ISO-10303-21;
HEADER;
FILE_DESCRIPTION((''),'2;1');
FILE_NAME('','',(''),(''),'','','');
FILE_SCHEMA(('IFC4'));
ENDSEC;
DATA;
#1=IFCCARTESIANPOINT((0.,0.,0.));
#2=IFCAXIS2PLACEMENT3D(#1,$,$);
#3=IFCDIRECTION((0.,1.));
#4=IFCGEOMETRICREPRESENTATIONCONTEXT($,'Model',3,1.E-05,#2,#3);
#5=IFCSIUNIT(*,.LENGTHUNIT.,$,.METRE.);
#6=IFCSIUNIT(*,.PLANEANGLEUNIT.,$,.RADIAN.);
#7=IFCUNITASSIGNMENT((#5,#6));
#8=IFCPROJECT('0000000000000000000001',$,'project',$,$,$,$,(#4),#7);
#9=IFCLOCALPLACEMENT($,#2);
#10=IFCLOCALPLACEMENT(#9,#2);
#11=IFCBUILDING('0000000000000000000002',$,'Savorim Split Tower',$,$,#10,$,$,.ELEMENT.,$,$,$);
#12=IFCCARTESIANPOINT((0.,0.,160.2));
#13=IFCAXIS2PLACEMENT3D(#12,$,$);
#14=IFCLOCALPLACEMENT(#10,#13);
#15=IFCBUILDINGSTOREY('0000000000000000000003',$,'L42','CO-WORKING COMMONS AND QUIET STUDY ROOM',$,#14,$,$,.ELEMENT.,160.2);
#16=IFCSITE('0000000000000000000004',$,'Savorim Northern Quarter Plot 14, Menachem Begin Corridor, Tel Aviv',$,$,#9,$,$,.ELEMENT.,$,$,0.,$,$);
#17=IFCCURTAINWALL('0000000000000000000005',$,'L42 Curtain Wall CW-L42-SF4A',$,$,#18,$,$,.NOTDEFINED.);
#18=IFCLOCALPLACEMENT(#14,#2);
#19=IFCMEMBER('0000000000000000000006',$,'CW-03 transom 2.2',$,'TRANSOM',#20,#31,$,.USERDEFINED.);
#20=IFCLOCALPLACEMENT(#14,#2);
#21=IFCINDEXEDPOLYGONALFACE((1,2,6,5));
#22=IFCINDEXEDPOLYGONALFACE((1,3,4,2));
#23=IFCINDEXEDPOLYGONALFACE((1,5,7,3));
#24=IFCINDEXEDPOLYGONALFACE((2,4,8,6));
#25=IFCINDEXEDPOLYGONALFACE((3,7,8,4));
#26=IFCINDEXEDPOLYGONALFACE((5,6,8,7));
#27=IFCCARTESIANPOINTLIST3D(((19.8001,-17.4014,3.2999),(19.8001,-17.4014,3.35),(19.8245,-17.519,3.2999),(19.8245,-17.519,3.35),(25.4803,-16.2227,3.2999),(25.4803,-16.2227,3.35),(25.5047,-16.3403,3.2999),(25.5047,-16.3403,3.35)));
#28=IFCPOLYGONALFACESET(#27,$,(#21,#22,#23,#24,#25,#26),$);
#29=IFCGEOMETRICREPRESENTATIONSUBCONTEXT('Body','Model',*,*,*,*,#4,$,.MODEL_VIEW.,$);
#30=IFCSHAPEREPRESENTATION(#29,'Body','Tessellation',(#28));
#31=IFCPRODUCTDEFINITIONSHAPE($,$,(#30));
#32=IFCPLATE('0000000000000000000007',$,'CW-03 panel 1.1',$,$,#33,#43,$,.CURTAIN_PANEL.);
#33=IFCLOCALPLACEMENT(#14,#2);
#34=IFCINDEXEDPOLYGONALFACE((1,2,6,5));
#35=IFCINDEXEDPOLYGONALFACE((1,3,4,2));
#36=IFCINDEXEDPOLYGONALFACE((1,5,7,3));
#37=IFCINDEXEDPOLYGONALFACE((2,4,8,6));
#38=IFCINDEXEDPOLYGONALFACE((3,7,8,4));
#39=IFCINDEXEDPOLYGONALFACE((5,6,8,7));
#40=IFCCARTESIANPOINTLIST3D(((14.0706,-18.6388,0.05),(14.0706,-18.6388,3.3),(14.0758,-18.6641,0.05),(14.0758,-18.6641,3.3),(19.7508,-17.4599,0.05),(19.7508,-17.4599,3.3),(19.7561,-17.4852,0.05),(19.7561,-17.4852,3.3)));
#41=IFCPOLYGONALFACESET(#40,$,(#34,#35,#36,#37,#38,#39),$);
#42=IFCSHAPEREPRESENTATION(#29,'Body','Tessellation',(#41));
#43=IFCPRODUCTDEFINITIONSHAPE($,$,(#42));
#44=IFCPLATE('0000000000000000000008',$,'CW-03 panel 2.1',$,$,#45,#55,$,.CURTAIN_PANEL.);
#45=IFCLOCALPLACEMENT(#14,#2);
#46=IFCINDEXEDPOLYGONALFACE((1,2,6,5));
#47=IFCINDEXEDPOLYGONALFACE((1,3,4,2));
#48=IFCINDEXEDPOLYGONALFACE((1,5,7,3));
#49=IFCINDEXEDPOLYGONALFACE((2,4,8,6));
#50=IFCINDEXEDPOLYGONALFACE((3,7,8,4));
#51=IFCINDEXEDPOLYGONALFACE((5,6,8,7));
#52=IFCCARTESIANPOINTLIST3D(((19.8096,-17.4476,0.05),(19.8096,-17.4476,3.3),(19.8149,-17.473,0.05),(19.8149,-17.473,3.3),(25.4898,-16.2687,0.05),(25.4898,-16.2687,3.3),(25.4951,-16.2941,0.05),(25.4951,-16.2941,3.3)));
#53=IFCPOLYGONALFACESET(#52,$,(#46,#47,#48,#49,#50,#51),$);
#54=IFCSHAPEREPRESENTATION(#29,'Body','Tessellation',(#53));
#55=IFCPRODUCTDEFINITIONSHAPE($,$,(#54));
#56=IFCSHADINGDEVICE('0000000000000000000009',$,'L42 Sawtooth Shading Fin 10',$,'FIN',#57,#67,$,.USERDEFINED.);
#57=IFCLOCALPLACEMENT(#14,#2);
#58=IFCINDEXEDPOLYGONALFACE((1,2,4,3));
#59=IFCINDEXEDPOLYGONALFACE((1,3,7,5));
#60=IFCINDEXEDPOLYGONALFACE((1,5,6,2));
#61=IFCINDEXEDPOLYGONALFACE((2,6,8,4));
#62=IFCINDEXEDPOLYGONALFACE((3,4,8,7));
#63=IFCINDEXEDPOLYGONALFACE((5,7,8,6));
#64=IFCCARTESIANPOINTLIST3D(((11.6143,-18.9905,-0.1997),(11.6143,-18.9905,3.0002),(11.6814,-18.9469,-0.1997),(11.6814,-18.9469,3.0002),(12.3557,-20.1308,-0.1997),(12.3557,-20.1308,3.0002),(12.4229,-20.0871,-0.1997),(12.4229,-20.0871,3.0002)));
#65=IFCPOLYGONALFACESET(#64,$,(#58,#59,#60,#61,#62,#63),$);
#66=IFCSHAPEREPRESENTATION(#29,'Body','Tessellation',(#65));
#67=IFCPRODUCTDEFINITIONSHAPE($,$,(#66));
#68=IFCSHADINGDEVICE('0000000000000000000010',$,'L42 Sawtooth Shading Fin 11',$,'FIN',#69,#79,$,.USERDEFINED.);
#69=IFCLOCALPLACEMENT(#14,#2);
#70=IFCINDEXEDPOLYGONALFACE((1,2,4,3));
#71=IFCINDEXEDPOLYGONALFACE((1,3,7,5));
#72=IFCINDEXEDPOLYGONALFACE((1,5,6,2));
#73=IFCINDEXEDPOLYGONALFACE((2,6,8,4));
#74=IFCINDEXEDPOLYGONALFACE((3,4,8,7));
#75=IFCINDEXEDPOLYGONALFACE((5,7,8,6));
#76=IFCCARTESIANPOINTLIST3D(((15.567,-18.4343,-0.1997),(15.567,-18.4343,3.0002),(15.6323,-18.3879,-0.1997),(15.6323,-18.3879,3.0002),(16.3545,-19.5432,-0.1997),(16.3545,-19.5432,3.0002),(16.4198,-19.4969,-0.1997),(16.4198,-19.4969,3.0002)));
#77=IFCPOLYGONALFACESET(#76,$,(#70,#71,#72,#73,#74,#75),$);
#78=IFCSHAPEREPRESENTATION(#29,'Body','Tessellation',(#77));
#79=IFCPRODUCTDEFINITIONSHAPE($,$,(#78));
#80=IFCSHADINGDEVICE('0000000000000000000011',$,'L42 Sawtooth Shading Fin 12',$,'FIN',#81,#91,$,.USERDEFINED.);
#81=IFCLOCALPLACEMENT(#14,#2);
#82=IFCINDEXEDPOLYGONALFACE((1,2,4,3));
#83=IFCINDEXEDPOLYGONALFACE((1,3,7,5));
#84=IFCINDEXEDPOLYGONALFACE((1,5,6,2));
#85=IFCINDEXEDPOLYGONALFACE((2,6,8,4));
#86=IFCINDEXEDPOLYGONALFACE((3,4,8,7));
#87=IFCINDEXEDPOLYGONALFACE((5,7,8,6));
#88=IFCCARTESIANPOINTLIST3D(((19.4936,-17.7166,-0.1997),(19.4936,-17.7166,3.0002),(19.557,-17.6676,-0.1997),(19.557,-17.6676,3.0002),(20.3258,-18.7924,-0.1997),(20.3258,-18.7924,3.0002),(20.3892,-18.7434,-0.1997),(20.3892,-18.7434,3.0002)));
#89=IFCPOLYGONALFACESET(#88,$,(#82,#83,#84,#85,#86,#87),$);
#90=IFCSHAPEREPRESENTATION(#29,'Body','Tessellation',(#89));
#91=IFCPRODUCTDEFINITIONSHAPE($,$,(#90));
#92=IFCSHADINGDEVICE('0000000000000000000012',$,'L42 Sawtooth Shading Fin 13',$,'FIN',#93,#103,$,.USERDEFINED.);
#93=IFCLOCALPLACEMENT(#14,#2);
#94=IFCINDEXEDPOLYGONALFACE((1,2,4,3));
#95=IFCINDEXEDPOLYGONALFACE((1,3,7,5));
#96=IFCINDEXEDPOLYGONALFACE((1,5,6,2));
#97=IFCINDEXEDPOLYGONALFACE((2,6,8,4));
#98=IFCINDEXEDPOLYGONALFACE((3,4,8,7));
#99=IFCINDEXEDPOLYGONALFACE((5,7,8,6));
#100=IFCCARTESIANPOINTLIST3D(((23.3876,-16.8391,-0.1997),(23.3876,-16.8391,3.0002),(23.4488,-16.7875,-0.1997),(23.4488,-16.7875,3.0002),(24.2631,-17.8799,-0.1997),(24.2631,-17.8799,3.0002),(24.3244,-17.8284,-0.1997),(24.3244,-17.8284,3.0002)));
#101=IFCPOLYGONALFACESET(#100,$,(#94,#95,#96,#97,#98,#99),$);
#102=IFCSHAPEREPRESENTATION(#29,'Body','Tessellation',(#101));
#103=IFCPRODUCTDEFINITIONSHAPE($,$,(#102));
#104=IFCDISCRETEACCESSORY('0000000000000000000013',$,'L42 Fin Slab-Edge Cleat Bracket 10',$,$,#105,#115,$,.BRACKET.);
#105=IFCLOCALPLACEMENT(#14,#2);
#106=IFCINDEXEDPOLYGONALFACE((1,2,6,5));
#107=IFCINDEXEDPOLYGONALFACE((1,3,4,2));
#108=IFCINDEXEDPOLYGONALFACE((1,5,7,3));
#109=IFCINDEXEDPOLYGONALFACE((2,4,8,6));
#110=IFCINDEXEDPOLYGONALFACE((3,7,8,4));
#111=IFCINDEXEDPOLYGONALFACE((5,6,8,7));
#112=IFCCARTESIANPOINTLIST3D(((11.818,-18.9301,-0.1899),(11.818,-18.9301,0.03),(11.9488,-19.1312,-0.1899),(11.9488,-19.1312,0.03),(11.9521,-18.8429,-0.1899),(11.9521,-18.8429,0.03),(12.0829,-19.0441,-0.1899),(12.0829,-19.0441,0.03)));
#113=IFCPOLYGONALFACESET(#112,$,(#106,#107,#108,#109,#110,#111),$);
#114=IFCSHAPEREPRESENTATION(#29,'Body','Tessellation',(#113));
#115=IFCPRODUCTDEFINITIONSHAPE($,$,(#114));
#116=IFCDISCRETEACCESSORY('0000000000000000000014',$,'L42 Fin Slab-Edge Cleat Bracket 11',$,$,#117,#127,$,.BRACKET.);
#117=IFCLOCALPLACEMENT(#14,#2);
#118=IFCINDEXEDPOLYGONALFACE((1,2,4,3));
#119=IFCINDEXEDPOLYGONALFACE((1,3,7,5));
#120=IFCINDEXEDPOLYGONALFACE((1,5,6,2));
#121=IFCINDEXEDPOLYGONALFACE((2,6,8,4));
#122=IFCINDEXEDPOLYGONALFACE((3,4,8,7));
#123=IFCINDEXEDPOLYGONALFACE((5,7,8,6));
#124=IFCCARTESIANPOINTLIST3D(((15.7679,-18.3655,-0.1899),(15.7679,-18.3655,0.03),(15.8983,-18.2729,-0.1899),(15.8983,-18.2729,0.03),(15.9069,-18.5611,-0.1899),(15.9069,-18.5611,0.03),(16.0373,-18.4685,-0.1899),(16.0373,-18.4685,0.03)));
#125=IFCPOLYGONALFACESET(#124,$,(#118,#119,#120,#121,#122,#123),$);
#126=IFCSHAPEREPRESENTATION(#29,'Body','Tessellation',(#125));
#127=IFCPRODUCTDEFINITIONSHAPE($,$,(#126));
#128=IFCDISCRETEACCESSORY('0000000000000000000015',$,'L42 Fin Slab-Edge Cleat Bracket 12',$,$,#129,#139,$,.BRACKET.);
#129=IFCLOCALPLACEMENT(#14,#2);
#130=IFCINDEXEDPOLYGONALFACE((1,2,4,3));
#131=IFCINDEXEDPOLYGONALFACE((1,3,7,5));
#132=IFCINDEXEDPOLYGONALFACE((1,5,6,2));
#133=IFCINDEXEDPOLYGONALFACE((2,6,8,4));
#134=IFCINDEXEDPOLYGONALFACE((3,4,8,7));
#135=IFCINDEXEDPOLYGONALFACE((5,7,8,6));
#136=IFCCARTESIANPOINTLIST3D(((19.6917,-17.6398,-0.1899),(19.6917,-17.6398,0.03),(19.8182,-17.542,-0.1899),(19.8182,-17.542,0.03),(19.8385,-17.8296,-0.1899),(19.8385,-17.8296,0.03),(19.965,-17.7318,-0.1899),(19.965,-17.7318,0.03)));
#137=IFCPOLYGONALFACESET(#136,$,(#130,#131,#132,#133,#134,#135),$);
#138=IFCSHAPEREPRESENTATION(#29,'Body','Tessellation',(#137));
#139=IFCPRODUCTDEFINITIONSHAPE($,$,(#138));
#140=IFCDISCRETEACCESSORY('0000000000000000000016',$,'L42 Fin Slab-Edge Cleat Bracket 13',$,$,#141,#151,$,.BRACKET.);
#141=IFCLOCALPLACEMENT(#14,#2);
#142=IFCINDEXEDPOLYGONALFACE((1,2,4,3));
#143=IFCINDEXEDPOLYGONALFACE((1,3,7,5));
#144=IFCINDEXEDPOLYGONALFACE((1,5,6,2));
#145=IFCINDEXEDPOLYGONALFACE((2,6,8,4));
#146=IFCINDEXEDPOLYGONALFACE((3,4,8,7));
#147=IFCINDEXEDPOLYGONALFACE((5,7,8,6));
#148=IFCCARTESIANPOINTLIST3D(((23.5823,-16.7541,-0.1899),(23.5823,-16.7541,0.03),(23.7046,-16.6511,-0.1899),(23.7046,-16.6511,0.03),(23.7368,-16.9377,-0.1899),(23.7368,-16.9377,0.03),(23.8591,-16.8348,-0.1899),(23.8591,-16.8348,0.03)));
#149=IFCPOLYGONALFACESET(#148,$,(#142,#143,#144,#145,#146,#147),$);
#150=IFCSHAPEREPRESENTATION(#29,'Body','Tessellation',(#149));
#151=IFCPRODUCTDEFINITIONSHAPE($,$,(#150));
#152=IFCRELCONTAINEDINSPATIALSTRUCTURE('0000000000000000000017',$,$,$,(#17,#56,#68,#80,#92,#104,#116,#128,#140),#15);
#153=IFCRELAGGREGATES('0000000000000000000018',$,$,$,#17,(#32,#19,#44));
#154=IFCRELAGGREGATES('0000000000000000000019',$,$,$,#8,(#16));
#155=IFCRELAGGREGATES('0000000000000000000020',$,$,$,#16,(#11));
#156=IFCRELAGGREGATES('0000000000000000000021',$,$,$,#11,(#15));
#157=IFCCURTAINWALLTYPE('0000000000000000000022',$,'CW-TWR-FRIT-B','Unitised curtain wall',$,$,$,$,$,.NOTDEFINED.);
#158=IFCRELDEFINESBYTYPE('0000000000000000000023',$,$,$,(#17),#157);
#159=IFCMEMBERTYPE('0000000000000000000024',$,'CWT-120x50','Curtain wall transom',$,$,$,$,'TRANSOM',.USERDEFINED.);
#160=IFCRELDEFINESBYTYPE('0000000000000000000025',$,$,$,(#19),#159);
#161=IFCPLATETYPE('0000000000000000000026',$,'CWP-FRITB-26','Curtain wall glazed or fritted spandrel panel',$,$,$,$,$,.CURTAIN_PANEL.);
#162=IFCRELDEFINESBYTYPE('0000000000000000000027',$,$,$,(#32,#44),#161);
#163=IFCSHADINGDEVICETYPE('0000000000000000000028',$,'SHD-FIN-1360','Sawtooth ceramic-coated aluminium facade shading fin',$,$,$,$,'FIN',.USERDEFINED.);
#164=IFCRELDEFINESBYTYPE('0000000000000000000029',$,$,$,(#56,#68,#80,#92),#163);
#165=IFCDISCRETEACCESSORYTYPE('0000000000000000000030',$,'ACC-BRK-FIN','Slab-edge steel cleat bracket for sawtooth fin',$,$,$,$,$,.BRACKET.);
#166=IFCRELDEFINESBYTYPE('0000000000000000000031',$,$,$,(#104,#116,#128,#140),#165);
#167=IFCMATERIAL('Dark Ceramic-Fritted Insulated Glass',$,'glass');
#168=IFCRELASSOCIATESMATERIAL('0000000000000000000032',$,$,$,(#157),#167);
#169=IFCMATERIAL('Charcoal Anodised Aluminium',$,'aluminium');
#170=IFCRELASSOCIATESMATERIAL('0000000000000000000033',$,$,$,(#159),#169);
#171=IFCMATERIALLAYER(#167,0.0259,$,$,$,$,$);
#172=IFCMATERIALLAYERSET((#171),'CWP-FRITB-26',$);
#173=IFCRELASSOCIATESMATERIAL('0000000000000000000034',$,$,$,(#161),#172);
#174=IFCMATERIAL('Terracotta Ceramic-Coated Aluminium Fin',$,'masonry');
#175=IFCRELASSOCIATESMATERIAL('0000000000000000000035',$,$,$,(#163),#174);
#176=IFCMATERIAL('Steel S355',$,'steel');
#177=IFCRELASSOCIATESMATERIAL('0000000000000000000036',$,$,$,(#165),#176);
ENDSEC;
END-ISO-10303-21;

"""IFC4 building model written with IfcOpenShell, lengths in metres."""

from ifc_helpers import new_model, si_unit, direction, frame, origin, origin_2d, place, context, subcontext, project, spatial, rectangle, extrude, material, layer, layer_set, material_profile, profile_set, type_object, element, aggregate, save


model = new_model("IFC4")

# Units and contexts
model_context = context("Model", 3, precision=1e-05, world=origin(), true_north=direction((0.0, 1.0)))
body_context = subcontext(model_context, "Body", "Model", "MODEL_VIEW")
ifc_project = project(units=[si_unit("LENGTHUNIT", "METRE"), si_unit("PLANEANGLEUNIT", "RADIAN")], contexts=[model_context])

# Site, building, storey
site_placement = place(None, origin())
site = spatial("IfcSite", under=ifc_project, at=site_placement, Name="Savorim Northern Quarter Plot 14, Menachem Begin Corridor, Tel Aviv", CompositionType="ELEMENT", RefElevation=0.0)
building_placement = place(site_placement, origin())
building = spatial("IfcBuilding", under=site, at=building_placement, Name="Savorim Split Tower", CompositionType="ELEMENT")
storey_placement = place(building_placement, frame((0.0, 0.0, 160.2)))
storey = spatial("IfcBuildingStorey", under=building, at=storey_placement, Name="L42", Description="CO-WORKING COMMONS AND QUIET STUDY ROOM", CompositionType="ELEMENT", Elevation=160.2)

# Shared definitions
ifc_material_1 = material(Name="Steel S355", Category="steel")

# Shared definitions
ifc_material_2 = material(Name="Dark Ceramic-Fritted Insulated Glass", Category="glass")
curtain_wall_type = type_object("IfcCurtainWallType", Name="CW-TWR-FRIT-B", Description="Unitised curtain wall", PredefinedType="NOTDEFINED", material=ifc_material_2)
ifc_material_3 = material(Name="Charcoal Anodised Aluminium", Category="aluminium")

# Curtain wall, member, plates
curtain_wall_1_placement = place(storey_placement, origin())
curtain_wall_1 = element("IfcCurtainWall", 1, at=curtain_wall_1_placement, inside=storey, type_object=curtain_wall_type, Name="L42 Curtain Wall CW-L42-SF4A", PredefinedType="NOTDEFINED")
ifc_material_profile_1 = material_profile(ifc_material_3, rectangle(XDim=0.1201, YDim=0.05, at=origin_2d()), Name="ALU-T 120x50")
ifc_profile_set_1 = profile_set([ifc_material_profile_1], Name="Charcoal Anodised Aluminium")
member_type_1 = type_object("IfcMemberType", Name="CWT-120x50", Description="Curtain wall transom", ElementType="TRANSOM", PredefinedType="USERDEFINED", material=ifc_profile_set_1)
member_1_placement = place(storey_placement, frame((19.8123, -17.4602, 3.325), z_axis=(0.97914, 0.203184, 0.0), x_axis=(-0.203184, 0.97914, 0.0)))
member_1 = element("IfcMember", 2, at=member_1_placement, type_object=member_type_1, Name="CW-03 transom 2.2", ObjectType="TRANSOM", PredefinedType="USERDEFINED", context=body_context, shape_type="SweptSolid", body=[
    extrude(rectangle(XDim=0.1201, YDim=0.05, at=origin_2d()), origin(), (0.0, 0.0, 1.0), 5.8013),
])
ifc_layer = layer(ifc_material_2, 0.0259)
ifc_layer_set = layer_set([ifc_layer], Name="CWP-FRITB-26")
plate_type = type_object("IfcPlateType", Name="CWP-FRITB-26", Description="Curtain wall glazed or fritted spandrel panel", PredefinedType="CURTAIN_PANEL", material=ifc_layer_set)
plate_1_placement = place(storey_placement, frame((16.9133, -18.062, 0.05), z_axis=(0.0, 0.0, 1.0), x_axis=(0.979135, 0.203212, 0.0)))
plate_1 = element("IfcPlate", 3, at=plate_1_placement, type_object=plate_type, Name="CW-03 panel 1.1", PredefinedType="CURTAIN_PANEL", context=body_context, shape_type="SweptSolid", body=[
    extrude(rectangle(XDim=5.8013, YDim=0.0259, at=origin_2d()), origin(), (0.0, 0.0, 1.0), 3.25),
])
plate_2_placement = place(storey_placement, frame((22.6523, -16.8708, 0.05), z_axis=(0.0, 0.0, 1.0), x_axis=(0.979135, 0.203212, 0.0)))
plate_2 = element("IfcPlate", 4, at=plate_2_placement, type_object=plate_type, Name="CW-03 panel 2.1", PredefinedType="CURTAIN_PANEL", context=body_context, shape_type="SweptSolid", body=[
    extrude(rectangle(XDim=5.8013, YDim=0.0259, at=origin_2d()), origin(), (0.0, 0.0, 1.0), 3.25),
])
aggregate(curtain_wall_1, [plate_1, member_1, plate_2])

# Shading devices
ifc_material_4 = material(Name="Terracotta Ceramic-Coated Aluminium Fin", Category="masonry")
shading_device_type = type_object("IfcShadingDeviceType", Name="SHD-FIN-1360", Description="Sawtooth ceramic-coated aluminium facade shading fin", ElementType="FIN", PredefinedType="USERDEFINED", material=ifc_material_4)
for number, where, z_axis, x_axis, name in (
    (5, (12.0186, -19.5388, -0.1997), (0.0, 0.0, 1.0), (0.545148, -0.83834, 0.0), "L42 Sawtooth Shading Fin 10"),
    (6, (15.9934, -18.9656, -0.1997), (0.0, 0.0, 1.0), (0.578994, -0.815332, 0.0), "L42 Sawtooth Shading Fin 11"),
    (7, (19.9414, -18.23, -0.1997), (0.0, 0.0, 1.0), (0.611868, -0.79096, 0.0), "L42 Sawtooth Shading Fin 12"),
    (8, (23.856, -17.3337, -0.1997), (0.0, 0.0, 1.0), (0.643719, -0.765262, 0.0), "L42 Sawtooth Shading Fin 13"),
):
    element("IfcShadingDevice", number, at=place(storey_placement, frame(where, z_axis=z_axis, x_axis=x_axis)), inside=storey, type_object=shading_device_type, Name=name, ObjectType="FIN", PredefinedType="USERDEFINED", context=body_context, shape_type="SweptSolid", body=[
        extrude(rectangle(XDim=1.3601, YDim=0.0801, at=origin_2d()), origin(), (0.0, 0.0, 1.0), 3.2),
    ])

# Discrete accessories
discrete_accessory_type = type_object("IfcDiscreteAccessoryType", Name="ACC-BRK-FIN", Description="Slab-edge steel cleat bracket for sawtooth fin", PredefinedType="BRACKET", material=ifc_material_1)
for number, where, z_axis, x_axis, name in (
    (9, (11.9504, -18.9871, -0.1899), (0.0, 0.0, 1.0), (0.545148, -0.83834, 0.0), "L42 Fin Slab-Edge Cleat Bracket 10"),
    (10, (15.9026, -18.417, -0.1899), (0.0, 0.0, 1.0), (0.578994, -0.815332, 0.0), "L42 Fin Slab-Edge Cleat Bracket 11"),
    (11, (19.8284, -17.6858, -0.1899), (0.0, 0.0, 1.0), (0.611868, -0.79096, 0.0), "L42 Fin Slab-Edge Cleat Bracket 12"),
    (12, (23.7207, -16.7944, -0.1899), (0.0, 0.0, 1.0), (0.643719, -0.765262, 0.0), "L42 Fin Slab-Edge Cleat Bracket 13"),
):
    element("IfcDiscreteAccessory", number, at=place(storey_placement, frame(where, z_axis=z_axis, x_axis=x_axis)), inside=storey, type_object=discrete_accessory_type, Name=name, PredefinedType="BRACKET", context=body_context, shape_type="SweptSolid", body=[
        extrude(rectangle(XDim=0.24, YDim=0.1599, at=origin_2d()), origin(), (0.0, 0.0, 1.0), 0.22),
    ])

save(model, "model.ifc")
